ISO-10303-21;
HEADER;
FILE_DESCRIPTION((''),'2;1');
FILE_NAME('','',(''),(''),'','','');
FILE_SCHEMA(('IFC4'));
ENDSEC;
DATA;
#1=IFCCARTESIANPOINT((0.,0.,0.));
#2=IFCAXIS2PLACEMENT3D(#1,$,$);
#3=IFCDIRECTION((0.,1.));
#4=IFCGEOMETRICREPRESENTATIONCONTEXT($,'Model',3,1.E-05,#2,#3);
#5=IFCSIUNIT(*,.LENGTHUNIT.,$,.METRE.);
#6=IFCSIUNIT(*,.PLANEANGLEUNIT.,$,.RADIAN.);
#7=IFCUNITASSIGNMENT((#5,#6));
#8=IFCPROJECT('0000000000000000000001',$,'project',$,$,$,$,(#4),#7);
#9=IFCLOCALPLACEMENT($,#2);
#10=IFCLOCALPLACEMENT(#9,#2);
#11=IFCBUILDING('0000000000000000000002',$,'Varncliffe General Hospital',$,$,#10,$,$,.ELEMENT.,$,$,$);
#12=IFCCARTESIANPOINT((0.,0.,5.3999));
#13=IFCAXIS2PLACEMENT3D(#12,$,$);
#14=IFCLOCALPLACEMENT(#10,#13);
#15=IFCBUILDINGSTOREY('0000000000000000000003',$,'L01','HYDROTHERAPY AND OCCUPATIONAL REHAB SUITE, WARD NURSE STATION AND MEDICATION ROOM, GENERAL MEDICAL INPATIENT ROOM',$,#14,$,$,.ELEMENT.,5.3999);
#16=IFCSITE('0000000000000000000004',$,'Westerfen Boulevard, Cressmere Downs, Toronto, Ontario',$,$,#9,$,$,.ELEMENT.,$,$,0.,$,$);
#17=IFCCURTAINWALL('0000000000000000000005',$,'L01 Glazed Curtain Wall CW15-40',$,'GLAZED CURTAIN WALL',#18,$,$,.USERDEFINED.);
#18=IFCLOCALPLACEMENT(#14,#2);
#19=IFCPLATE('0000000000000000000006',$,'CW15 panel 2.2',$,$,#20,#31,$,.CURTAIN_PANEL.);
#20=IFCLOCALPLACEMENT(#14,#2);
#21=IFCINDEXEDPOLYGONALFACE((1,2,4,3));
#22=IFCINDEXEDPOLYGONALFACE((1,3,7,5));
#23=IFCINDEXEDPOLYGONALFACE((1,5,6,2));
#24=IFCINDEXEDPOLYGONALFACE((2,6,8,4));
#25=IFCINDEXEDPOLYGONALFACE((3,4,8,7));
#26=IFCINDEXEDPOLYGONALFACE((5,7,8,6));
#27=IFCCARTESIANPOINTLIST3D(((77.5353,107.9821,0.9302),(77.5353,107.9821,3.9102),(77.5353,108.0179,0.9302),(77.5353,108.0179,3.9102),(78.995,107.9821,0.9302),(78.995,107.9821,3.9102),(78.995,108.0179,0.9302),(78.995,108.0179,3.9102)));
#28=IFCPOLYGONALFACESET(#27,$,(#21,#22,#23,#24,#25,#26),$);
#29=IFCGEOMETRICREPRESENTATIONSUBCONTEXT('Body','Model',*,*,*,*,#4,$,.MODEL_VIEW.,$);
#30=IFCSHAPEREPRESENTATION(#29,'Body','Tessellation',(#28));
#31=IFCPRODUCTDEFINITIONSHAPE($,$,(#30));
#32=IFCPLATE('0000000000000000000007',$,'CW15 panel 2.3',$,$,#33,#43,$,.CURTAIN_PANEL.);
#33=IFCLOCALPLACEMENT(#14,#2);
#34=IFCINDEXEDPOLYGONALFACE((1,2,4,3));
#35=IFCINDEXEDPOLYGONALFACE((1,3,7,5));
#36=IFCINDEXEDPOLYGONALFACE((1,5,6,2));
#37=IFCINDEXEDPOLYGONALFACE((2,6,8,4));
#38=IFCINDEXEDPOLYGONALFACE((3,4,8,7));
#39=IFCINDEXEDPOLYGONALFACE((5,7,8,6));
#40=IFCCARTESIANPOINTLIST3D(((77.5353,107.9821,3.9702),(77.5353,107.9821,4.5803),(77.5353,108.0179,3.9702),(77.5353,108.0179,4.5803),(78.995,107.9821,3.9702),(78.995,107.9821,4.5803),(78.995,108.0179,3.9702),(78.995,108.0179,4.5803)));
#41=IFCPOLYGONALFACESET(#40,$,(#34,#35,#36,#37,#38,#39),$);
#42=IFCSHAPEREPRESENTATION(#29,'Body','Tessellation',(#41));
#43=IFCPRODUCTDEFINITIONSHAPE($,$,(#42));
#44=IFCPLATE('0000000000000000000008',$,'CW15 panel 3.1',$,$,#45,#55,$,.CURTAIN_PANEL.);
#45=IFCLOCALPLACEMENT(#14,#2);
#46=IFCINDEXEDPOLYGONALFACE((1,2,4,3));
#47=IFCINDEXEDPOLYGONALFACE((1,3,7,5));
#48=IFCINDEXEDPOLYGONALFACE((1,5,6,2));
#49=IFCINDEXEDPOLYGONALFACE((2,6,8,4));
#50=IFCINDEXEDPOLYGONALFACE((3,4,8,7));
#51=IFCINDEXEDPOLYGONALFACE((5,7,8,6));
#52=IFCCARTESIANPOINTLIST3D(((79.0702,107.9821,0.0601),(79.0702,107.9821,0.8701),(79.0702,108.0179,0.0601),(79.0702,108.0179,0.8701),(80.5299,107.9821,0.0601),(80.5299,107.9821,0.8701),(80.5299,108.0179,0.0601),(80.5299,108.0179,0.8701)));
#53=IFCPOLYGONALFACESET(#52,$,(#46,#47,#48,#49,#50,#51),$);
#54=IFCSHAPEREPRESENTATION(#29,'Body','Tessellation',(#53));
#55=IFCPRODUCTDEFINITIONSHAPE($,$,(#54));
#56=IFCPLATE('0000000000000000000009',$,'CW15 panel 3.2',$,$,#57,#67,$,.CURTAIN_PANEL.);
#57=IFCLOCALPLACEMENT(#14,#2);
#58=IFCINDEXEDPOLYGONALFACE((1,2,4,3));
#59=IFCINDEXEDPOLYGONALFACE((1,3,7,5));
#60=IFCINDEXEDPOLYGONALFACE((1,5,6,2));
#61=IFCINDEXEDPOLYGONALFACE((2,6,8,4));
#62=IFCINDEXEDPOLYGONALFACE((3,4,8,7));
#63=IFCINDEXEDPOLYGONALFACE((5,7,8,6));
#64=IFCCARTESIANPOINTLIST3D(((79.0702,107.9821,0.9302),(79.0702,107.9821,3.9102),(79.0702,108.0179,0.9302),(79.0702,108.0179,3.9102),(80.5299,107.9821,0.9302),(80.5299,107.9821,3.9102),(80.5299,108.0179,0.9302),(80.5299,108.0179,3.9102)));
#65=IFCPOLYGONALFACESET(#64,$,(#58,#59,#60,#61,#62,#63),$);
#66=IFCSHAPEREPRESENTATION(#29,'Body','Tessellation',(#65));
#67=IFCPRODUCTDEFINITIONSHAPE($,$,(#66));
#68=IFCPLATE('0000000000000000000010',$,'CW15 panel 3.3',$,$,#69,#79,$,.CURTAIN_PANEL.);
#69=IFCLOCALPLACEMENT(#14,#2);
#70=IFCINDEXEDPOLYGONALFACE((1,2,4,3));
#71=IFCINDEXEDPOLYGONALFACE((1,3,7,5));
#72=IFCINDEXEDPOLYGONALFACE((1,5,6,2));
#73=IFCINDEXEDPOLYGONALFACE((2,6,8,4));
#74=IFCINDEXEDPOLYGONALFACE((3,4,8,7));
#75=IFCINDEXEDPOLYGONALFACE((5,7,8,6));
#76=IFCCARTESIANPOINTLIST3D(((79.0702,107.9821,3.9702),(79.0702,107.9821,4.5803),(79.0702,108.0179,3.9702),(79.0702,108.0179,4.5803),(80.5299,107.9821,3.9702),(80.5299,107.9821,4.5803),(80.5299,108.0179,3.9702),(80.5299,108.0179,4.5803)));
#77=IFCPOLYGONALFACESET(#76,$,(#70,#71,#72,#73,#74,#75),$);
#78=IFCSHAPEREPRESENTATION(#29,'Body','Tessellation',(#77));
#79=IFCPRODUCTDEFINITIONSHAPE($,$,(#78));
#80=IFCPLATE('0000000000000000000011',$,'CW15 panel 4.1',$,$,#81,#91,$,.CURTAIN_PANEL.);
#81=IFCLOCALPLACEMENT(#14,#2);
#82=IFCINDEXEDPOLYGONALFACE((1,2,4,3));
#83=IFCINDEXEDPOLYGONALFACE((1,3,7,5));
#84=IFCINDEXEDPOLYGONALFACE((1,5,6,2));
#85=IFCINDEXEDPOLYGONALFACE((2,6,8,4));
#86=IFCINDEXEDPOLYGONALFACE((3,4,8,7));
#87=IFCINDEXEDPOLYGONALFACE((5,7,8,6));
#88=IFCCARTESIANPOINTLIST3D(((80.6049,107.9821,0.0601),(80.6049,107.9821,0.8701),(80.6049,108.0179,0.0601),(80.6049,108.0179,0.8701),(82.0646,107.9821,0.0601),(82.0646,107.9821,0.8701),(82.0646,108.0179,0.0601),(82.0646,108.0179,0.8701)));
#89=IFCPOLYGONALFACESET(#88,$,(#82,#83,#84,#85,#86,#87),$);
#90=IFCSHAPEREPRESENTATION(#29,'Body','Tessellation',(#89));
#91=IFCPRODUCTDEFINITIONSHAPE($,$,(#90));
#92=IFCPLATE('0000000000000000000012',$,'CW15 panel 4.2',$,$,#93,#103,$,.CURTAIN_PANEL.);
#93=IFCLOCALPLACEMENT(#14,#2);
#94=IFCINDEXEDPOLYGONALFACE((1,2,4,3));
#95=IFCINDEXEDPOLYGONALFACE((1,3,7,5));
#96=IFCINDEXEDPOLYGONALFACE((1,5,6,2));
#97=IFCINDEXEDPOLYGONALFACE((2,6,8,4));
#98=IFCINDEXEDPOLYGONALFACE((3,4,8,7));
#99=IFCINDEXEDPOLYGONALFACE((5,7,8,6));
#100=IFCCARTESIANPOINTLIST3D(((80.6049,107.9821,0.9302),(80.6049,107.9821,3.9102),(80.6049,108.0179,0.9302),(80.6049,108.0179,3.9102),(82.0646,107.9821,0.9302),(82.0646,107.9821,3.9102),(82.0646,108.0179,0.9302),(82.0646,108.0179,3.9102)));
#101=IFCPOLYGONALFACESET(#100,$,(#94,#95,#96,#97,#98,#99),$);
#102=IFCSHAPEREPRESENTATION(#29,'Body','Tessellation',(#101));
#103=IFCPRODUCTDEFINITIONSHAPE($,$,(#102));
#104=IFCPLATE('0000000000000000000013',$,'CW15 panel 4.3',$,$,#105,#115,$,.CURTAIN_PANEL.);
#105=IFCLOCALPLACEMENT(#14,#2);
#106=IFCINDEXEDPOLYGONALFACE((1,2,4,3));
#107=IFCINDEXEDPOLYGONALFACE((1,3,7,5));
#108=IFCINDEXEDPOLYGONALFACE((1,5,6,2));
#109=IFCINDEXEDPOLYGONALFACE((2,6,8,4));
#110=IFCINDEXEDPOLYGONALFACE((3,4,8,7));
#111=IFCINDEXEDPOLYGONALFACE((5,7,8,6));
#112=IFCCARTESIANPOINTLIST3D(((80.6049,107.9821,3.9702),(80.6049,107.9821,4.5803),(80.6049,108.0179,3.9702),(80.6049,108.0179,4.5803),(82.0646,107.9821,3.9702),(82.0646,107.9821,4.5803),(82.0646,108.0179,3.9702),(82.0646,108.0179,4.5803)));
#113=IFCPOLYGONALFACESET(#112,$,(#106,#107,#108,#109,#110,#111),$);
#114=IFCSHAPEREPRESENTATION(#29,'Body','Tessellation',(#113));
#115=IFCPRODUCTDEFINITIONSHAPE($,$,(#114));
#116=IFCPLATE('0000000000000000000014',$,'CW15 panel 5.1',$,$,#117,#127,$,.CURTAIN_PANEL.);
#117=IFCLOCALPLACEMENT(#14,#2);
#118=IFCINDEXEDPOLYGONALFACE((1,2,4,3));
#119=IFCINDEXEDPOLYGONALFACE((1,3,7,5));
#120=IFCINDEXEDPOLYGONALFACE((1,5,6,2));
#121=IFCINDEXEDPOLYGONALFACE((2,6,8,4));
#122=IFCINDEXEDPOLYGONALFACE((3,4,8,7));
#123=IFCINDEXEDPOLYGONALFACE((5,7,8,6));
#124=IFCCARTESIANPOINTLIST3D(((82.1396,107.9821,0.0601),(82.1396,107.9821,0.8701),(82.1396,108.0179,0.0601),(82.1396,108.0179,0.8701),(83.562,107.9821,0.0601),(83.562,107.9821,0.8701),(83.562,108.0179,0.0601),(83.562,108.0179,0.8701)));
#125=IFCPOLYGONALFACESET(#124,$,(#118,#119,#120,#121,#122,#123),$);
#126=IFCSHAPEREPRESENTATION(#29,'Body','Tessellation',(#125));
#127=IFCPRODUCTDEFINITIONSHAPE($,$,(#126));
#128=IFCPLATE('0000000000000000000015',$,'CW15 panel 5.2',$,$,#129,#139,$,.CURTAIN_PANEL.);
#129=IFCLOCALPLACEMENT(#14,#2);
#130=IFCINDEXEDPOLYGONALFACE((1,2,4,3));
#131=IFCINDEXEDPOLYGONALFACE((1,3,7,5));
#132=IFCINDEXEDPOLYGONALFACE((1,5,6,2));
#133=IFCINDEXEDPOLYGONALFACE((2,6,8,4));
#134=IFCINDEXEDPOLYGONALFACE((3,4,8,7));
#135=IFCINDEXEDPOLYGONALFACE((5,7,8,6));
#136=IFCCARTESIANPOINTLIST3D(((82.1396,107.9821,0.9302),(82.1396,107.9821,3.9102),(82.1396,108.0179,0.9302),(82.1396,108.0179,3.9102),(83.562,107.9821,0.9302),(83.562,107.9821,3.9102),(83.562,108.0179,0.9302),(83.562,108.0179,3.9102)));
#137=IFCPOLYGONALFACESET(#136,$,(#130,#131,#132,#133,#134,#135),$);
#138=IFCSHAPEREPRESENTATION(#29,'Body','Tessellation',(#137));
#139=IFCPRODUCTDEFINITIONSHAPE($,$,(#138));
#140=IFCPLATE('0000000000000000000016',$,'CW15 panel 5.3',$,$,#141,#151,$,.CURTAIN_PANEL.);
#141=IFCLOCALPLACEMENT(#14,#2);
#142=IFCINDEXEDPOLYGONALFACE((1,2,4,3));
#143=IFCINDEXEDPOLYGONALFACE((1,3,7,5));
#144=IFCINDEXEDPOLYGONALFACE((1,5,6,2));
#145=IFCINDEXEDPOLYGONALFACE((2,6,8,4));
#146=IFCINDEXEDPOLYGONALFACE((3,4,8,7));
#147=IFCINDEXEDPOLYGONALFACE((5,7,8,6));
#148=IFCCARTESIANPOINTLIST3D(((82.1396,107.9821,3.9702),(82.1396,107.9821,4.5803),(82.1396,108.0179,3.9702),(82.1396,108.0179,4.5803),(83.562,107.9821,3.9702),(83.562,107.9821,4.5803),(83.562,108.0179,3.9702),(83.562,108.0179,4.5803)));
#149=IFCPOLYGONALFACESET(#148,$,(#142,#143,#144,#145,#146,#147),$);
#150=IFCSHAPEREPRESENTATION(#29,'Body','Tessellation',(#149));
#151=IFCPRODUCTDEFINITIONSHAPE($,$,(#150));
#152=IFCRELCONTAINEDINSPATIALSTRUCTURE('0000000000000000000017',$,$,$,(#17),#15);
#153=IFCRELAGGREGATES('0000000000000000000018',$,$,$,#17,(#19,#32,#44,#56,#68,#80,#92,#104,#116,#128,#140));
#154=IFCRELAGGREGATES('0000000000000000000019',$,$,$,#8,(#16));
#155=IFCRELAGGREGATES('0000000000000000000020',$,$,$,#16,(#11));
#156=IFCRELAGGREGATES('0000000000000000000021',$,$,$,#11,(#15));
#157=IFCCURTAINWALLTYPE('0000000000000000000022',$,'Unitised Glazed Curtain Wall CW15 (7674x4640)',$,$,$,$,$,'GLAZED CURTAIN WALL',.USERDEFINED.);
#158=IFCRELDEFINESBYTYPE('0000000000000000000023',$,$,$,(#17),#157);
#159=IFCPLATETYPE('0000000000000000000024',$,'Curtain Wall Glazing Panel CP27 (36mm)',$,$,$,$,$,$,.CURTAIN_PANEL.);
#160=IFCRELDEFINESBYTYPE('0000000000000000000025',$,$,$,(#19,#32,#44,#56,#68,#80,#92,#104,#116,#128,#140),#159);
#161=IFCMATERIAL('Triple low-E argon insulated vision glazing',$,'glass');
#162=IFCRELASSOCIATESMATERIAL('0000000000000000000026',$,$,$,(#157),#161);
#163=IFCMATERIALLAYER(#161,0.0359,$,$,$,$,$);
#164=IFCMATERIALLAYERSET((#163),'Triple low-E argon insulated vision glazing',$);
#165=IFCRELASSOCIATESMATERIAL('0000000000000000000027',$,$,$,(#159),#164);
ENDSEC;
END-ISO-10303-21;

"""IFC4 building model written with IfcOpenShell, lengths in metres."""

from ifc_helpers import new_model, si_unit, direction, frame, origin, origin_2d, place, context, subcontext, project, spatial, rectangle, extrude, material, layer, layer_set, type_object, element, aggregate, save


model = new_model("IFC4")

# Units and contexts
model_context = context("Model", 3, precision=1e-05, world=origin(), true_north=direction((0.0, 1.0)))
body_context = subcontext(model_context, "Body", "Model", "MODEL_VIEW")
ifc_project = project(units=[si_unit("LENGTHUNIT", "METRE"), si_unit("PLANEANGLEUNIT", "RADIAN")], contexts=[model_context])

# Site, building, storey
site_placement = place(None, origin())
site = spatial("IfcSite", under=ifc_project, at=site_placement, Name="Westerfen Boulevard, Cressmere Downs, Toronto, Ontario", CompositionType="ELEMENT", RefElevation=0.0)
building_placement = place(site_placement, origin())
building = spatial("IfcBuilding", under=site, at=building_placement, Name="Varncliffe General Hospital", CompositionType="ELEMENT")
storey_placement = place(building_placement, frame((0.0, 0.0, 5.3999)))
storey = spatial("IfcBuildingStorey", under=building, at=storey_placement, Name="L01", Description="HYDROTHERAPY AND OCCUPATIONAL REHAB SUITE, WARD NURSE STATION AND MEDICATION ROOM, GENERAL MEDICAL INPATIENT ROOM", CompositionType="ELEMENT", Elevation=5.3999)

# Curtain wall
ifc_material_1 = material(Name="Triple low-E argon insulated vision glazing", Category="glass")
curtain_wall_type_1 = type_object("IfcCurtainWallType", Name="Unitised Glazed Curtain Wall CW15 (7674x4640)", ElementType="GLAZED CURTAIN WALL", PredefinedType="USERDEFINED", material=ifc_material_1)
curtain_wall_1_placement = place(storey_placement, origin())
curtain_wall_1 = element("IfcCurtainWall", 1, at=curtain_wall_1_placement, inside=storey, type_object=curtain_wall_type_1, Name="L01 Glazed Curtain Wall CW15-40", ObjectType="GLAZED CURTAIN WALL", PredefinedType="USERDEFINED")

# Plates
ifc_layer_1 = layer(ifc_material_1, 0.0359)
ifc_layer_set_1 = layer_set([ifc_layer_1], Name="Triple low-E argon insulated vision glazing")
plate_type_1 = type_object("IfcPlateType", Name="Curtain Wall Glazing Panel CP27 (36mm)", PredefinedType="CURTAIN_PANEL", material=ifc_layer_set_1)
plate_1_placement = place(storey_placement, frame((78.2651, 108.0, 0.9302), z_axis=(0.0, 0.0, 1.0), x_axis=(1.0, 0.0, 0.0)))
plate_1 = element("IfcPlate", 2, at=plate_1_placement, type_object=plate_type_1, Name="CW15 panel 2.2", PredefinedType="CURTAIN_PANEL", context=body_context, shape_type="SweptSolid", body=[
    extrude(rectangle(XDim=1.4597, YDim=0.0359, at=origin_2d()), origin(), (0.0, 0.0, 1.0), 2.98),
])
plate_2_placement = place(storey_placement, frame((78.2651, 108.0, 3.9702), z_axis=(0.0, 0.0, 1.0), x_axis=(1.0, 0.0, 0.0)))
plate_2 = element("IfcPlate", 3, at=plate_2_placement, type_object=plate_type_1, Name="CW15 panel 2.3", PredefinedType="CURTAIN_PANEL", context=body_context, shape_type="SweptSolid", body=[
    extrude(rectangle(XDim=1.4597, YDim=0.0359, at=origin_2d()), origin(), (0.0, 0.0, 1.0), 0.6101),
])
plate_3_placement = place(storey_placement, frame((79.8, 108.0, 0.0601), z_axis=(0.0, 0.0, 1.0), x_axis=(1.0, 0.0, 0.0)))
plate_3 = element("IfcPlate", 4, at=plate_3_placement, type_object=plate_type_1, Name="CW15 panel 3.1", PredefinedType="CURTAIN_PANEL", context=body_context, shape_type="SweptSolid", body=[
    extrude(rectangle(XDim=1.4597, YDim=0.0359, at=origin_2d()), origin(), (0.0, 0.0, 1.0), 0.8101),
])
plate_4_placement = place(storey_placement, frame((79.8, 108.0, 0.9302), z_axis=(0.0, 0.0, 1.0), x_axis=(1.0, 0.0, 0.0)))
plate_4 = element("IfcPlate", 5, at=plate_4_placement, type_object=plate_type_1, Name="CW15 panel 3.2", PredefinedType="CURTAIN_PANEL", context=body_context, shape_type="SweptSolid", body=[
    extrude(rectangle(XDim=1.4597, YDim=0.0359, at=origin_2d()), origin(), (0.0, 0.0, 1.0), 2.98),
])
plate_5_placement = place(storey_placement, frame((79.8, 108.0, 3.9702), z_axis=(0.0, 0.0, 1.0), x_axis=(1.0, 0.0, 0.0)))
plate_5 = element("IfcPlate", 6, at=plate_5_placement, type_object=plate_type_1, Name="CW15 panel 3.3", PredefinedType="CURTAIN_PANEL", context=body_context, shape_type="SweptSolid", body=[
    extrude(rectangle(XDim=1.4597, YDim=0.0359, at=origin_2d()), origin(), (0.0, 0.0, 1.0), 0.6101),
])
plate_6_placement = place(storey_placement, frame((81.3347, 108.0, 0.0601), z_axis=(0.0, 0.0, 1.0), x_axis=(1.0, 0.0, 0.0)))
plate_6 = element("IfcPlate", 7, at=plate_6_placement, type_object=plate_type_1, Name="CW15 panel 4.1", PredefinedType="CURTAIN_PANEL", context=body_context, shape_type="SweptSolid", body=[
    extrude(rectangle(XDim=1.4597, YDim=0.0359, at=origin_2d()), origin(), (0.0, 0.0, 1.0), 0.8101),
])
plate_7_placement = place(storey_placement, frame((81.3347, 108.0, 0.9302), z_axis=(0.0, 0.0, 1.0), x_axis=(1.0, 0.0, 0.0)))
plate_7 = element("IfcPlate", 8, at=plate_7_placement, type_object=plate_type_1, Name="CW15 panel 4.2", PredefinedType="CURTAIN_PANEL", context=body_context, shape_type="SweptSolid", body=[
    extrude(rectangle(XDim=1.4597, YDim=0.0359, at=origin_2d()), origin(), (0.0, 0.0, 1.0), 2.98),
])
plate_8_placement = place(storey_placement, frame((81.3347, 108.0, 3.9702), z_axis=(0.0, 0.0, 1.0), x_axis=(1.0, 0.0, 0.0)))
plate_8 = element("IfcPlate", 9, at=plate_8_placement, type_object=plate_type_1, Name="CW15 panel 4.3", PredefinedType="CURTAIN_PANEL", context=body_context, shape_type="SweptSolid", body=[
    extrude(rectangle(XDim=1.4597, YDim=0.0359, at=origin_2d()), origin(), (0.0, 0.0, 1.0), 0.6101),
])
plate_9_placement = place(storey_placement, frame((82.8508, 108.0, 0.0601), z_axis=(0.0, 0.0, 1.0), x_axis=(1.0, 0.0, 0.0)))
plate_9 = element("IfcPlate", 10, at=plate_9_placement, type_object=plate_type_1, Name="CW15 panel 5.1", PredefinedType="CURTAIN_PANEL", context=body_context, shape_type="SweptSolid", body=[
    extrude(rectangle(XDim=1.4224, YDim=0.0359, at=origin_2d()), origin(), (0.0, 0.0, 1.0), 0.8101),
])
plate_10_placement = place(storey_placement, frame((82.8508, 108.0, 0.9302), z_axis=(0.0, 0.0, 1.0), x_axis=(1.0, 0.0, 0.0)))
plate_10 = element("IfcPlate", 11, at=plate_10_placement, type_object=plate_type_1, Name="CW15 panel 5.2", PredefinedType="CURTAIN_PANEL", context=body_context, shape_type="SweptSolid", body=[
    extrude(rectangle(XDim=1.4224, YDim=0.0359, at=origin_2d()), origin(), (0.0, 0.0, 1.0), 2.98),
])
plate_11_placement = place(storey_placement, frame((82.8508, 108.0, 3.9702), z_axis=(0.0, 0.0, 1.0), x_axis=(1.0, 0.0, 0.0)))
plate_11 = element("IfcPlate", 12, at=plate_11_placement, type_object=plate_type_1, Name="CW15 panel 5.3", PredefinedType="CURTAIN_PANEL", context=body_context, shape_type="SweptSolid", body=[
    extrude(rectangle(XDim=1.4224, YDim=0.0359, at=origin_2d()), origin(), (0.0, 0.0, 1.0), 0.6101),
])
aggregate(curtain_wall_1, [plate_1, plate_2, plate_3, plate_4, plate_5, plate_6, plate_7, plate_8, plate_9, plate_10, plate_11])

save(model, "model.ifc")
